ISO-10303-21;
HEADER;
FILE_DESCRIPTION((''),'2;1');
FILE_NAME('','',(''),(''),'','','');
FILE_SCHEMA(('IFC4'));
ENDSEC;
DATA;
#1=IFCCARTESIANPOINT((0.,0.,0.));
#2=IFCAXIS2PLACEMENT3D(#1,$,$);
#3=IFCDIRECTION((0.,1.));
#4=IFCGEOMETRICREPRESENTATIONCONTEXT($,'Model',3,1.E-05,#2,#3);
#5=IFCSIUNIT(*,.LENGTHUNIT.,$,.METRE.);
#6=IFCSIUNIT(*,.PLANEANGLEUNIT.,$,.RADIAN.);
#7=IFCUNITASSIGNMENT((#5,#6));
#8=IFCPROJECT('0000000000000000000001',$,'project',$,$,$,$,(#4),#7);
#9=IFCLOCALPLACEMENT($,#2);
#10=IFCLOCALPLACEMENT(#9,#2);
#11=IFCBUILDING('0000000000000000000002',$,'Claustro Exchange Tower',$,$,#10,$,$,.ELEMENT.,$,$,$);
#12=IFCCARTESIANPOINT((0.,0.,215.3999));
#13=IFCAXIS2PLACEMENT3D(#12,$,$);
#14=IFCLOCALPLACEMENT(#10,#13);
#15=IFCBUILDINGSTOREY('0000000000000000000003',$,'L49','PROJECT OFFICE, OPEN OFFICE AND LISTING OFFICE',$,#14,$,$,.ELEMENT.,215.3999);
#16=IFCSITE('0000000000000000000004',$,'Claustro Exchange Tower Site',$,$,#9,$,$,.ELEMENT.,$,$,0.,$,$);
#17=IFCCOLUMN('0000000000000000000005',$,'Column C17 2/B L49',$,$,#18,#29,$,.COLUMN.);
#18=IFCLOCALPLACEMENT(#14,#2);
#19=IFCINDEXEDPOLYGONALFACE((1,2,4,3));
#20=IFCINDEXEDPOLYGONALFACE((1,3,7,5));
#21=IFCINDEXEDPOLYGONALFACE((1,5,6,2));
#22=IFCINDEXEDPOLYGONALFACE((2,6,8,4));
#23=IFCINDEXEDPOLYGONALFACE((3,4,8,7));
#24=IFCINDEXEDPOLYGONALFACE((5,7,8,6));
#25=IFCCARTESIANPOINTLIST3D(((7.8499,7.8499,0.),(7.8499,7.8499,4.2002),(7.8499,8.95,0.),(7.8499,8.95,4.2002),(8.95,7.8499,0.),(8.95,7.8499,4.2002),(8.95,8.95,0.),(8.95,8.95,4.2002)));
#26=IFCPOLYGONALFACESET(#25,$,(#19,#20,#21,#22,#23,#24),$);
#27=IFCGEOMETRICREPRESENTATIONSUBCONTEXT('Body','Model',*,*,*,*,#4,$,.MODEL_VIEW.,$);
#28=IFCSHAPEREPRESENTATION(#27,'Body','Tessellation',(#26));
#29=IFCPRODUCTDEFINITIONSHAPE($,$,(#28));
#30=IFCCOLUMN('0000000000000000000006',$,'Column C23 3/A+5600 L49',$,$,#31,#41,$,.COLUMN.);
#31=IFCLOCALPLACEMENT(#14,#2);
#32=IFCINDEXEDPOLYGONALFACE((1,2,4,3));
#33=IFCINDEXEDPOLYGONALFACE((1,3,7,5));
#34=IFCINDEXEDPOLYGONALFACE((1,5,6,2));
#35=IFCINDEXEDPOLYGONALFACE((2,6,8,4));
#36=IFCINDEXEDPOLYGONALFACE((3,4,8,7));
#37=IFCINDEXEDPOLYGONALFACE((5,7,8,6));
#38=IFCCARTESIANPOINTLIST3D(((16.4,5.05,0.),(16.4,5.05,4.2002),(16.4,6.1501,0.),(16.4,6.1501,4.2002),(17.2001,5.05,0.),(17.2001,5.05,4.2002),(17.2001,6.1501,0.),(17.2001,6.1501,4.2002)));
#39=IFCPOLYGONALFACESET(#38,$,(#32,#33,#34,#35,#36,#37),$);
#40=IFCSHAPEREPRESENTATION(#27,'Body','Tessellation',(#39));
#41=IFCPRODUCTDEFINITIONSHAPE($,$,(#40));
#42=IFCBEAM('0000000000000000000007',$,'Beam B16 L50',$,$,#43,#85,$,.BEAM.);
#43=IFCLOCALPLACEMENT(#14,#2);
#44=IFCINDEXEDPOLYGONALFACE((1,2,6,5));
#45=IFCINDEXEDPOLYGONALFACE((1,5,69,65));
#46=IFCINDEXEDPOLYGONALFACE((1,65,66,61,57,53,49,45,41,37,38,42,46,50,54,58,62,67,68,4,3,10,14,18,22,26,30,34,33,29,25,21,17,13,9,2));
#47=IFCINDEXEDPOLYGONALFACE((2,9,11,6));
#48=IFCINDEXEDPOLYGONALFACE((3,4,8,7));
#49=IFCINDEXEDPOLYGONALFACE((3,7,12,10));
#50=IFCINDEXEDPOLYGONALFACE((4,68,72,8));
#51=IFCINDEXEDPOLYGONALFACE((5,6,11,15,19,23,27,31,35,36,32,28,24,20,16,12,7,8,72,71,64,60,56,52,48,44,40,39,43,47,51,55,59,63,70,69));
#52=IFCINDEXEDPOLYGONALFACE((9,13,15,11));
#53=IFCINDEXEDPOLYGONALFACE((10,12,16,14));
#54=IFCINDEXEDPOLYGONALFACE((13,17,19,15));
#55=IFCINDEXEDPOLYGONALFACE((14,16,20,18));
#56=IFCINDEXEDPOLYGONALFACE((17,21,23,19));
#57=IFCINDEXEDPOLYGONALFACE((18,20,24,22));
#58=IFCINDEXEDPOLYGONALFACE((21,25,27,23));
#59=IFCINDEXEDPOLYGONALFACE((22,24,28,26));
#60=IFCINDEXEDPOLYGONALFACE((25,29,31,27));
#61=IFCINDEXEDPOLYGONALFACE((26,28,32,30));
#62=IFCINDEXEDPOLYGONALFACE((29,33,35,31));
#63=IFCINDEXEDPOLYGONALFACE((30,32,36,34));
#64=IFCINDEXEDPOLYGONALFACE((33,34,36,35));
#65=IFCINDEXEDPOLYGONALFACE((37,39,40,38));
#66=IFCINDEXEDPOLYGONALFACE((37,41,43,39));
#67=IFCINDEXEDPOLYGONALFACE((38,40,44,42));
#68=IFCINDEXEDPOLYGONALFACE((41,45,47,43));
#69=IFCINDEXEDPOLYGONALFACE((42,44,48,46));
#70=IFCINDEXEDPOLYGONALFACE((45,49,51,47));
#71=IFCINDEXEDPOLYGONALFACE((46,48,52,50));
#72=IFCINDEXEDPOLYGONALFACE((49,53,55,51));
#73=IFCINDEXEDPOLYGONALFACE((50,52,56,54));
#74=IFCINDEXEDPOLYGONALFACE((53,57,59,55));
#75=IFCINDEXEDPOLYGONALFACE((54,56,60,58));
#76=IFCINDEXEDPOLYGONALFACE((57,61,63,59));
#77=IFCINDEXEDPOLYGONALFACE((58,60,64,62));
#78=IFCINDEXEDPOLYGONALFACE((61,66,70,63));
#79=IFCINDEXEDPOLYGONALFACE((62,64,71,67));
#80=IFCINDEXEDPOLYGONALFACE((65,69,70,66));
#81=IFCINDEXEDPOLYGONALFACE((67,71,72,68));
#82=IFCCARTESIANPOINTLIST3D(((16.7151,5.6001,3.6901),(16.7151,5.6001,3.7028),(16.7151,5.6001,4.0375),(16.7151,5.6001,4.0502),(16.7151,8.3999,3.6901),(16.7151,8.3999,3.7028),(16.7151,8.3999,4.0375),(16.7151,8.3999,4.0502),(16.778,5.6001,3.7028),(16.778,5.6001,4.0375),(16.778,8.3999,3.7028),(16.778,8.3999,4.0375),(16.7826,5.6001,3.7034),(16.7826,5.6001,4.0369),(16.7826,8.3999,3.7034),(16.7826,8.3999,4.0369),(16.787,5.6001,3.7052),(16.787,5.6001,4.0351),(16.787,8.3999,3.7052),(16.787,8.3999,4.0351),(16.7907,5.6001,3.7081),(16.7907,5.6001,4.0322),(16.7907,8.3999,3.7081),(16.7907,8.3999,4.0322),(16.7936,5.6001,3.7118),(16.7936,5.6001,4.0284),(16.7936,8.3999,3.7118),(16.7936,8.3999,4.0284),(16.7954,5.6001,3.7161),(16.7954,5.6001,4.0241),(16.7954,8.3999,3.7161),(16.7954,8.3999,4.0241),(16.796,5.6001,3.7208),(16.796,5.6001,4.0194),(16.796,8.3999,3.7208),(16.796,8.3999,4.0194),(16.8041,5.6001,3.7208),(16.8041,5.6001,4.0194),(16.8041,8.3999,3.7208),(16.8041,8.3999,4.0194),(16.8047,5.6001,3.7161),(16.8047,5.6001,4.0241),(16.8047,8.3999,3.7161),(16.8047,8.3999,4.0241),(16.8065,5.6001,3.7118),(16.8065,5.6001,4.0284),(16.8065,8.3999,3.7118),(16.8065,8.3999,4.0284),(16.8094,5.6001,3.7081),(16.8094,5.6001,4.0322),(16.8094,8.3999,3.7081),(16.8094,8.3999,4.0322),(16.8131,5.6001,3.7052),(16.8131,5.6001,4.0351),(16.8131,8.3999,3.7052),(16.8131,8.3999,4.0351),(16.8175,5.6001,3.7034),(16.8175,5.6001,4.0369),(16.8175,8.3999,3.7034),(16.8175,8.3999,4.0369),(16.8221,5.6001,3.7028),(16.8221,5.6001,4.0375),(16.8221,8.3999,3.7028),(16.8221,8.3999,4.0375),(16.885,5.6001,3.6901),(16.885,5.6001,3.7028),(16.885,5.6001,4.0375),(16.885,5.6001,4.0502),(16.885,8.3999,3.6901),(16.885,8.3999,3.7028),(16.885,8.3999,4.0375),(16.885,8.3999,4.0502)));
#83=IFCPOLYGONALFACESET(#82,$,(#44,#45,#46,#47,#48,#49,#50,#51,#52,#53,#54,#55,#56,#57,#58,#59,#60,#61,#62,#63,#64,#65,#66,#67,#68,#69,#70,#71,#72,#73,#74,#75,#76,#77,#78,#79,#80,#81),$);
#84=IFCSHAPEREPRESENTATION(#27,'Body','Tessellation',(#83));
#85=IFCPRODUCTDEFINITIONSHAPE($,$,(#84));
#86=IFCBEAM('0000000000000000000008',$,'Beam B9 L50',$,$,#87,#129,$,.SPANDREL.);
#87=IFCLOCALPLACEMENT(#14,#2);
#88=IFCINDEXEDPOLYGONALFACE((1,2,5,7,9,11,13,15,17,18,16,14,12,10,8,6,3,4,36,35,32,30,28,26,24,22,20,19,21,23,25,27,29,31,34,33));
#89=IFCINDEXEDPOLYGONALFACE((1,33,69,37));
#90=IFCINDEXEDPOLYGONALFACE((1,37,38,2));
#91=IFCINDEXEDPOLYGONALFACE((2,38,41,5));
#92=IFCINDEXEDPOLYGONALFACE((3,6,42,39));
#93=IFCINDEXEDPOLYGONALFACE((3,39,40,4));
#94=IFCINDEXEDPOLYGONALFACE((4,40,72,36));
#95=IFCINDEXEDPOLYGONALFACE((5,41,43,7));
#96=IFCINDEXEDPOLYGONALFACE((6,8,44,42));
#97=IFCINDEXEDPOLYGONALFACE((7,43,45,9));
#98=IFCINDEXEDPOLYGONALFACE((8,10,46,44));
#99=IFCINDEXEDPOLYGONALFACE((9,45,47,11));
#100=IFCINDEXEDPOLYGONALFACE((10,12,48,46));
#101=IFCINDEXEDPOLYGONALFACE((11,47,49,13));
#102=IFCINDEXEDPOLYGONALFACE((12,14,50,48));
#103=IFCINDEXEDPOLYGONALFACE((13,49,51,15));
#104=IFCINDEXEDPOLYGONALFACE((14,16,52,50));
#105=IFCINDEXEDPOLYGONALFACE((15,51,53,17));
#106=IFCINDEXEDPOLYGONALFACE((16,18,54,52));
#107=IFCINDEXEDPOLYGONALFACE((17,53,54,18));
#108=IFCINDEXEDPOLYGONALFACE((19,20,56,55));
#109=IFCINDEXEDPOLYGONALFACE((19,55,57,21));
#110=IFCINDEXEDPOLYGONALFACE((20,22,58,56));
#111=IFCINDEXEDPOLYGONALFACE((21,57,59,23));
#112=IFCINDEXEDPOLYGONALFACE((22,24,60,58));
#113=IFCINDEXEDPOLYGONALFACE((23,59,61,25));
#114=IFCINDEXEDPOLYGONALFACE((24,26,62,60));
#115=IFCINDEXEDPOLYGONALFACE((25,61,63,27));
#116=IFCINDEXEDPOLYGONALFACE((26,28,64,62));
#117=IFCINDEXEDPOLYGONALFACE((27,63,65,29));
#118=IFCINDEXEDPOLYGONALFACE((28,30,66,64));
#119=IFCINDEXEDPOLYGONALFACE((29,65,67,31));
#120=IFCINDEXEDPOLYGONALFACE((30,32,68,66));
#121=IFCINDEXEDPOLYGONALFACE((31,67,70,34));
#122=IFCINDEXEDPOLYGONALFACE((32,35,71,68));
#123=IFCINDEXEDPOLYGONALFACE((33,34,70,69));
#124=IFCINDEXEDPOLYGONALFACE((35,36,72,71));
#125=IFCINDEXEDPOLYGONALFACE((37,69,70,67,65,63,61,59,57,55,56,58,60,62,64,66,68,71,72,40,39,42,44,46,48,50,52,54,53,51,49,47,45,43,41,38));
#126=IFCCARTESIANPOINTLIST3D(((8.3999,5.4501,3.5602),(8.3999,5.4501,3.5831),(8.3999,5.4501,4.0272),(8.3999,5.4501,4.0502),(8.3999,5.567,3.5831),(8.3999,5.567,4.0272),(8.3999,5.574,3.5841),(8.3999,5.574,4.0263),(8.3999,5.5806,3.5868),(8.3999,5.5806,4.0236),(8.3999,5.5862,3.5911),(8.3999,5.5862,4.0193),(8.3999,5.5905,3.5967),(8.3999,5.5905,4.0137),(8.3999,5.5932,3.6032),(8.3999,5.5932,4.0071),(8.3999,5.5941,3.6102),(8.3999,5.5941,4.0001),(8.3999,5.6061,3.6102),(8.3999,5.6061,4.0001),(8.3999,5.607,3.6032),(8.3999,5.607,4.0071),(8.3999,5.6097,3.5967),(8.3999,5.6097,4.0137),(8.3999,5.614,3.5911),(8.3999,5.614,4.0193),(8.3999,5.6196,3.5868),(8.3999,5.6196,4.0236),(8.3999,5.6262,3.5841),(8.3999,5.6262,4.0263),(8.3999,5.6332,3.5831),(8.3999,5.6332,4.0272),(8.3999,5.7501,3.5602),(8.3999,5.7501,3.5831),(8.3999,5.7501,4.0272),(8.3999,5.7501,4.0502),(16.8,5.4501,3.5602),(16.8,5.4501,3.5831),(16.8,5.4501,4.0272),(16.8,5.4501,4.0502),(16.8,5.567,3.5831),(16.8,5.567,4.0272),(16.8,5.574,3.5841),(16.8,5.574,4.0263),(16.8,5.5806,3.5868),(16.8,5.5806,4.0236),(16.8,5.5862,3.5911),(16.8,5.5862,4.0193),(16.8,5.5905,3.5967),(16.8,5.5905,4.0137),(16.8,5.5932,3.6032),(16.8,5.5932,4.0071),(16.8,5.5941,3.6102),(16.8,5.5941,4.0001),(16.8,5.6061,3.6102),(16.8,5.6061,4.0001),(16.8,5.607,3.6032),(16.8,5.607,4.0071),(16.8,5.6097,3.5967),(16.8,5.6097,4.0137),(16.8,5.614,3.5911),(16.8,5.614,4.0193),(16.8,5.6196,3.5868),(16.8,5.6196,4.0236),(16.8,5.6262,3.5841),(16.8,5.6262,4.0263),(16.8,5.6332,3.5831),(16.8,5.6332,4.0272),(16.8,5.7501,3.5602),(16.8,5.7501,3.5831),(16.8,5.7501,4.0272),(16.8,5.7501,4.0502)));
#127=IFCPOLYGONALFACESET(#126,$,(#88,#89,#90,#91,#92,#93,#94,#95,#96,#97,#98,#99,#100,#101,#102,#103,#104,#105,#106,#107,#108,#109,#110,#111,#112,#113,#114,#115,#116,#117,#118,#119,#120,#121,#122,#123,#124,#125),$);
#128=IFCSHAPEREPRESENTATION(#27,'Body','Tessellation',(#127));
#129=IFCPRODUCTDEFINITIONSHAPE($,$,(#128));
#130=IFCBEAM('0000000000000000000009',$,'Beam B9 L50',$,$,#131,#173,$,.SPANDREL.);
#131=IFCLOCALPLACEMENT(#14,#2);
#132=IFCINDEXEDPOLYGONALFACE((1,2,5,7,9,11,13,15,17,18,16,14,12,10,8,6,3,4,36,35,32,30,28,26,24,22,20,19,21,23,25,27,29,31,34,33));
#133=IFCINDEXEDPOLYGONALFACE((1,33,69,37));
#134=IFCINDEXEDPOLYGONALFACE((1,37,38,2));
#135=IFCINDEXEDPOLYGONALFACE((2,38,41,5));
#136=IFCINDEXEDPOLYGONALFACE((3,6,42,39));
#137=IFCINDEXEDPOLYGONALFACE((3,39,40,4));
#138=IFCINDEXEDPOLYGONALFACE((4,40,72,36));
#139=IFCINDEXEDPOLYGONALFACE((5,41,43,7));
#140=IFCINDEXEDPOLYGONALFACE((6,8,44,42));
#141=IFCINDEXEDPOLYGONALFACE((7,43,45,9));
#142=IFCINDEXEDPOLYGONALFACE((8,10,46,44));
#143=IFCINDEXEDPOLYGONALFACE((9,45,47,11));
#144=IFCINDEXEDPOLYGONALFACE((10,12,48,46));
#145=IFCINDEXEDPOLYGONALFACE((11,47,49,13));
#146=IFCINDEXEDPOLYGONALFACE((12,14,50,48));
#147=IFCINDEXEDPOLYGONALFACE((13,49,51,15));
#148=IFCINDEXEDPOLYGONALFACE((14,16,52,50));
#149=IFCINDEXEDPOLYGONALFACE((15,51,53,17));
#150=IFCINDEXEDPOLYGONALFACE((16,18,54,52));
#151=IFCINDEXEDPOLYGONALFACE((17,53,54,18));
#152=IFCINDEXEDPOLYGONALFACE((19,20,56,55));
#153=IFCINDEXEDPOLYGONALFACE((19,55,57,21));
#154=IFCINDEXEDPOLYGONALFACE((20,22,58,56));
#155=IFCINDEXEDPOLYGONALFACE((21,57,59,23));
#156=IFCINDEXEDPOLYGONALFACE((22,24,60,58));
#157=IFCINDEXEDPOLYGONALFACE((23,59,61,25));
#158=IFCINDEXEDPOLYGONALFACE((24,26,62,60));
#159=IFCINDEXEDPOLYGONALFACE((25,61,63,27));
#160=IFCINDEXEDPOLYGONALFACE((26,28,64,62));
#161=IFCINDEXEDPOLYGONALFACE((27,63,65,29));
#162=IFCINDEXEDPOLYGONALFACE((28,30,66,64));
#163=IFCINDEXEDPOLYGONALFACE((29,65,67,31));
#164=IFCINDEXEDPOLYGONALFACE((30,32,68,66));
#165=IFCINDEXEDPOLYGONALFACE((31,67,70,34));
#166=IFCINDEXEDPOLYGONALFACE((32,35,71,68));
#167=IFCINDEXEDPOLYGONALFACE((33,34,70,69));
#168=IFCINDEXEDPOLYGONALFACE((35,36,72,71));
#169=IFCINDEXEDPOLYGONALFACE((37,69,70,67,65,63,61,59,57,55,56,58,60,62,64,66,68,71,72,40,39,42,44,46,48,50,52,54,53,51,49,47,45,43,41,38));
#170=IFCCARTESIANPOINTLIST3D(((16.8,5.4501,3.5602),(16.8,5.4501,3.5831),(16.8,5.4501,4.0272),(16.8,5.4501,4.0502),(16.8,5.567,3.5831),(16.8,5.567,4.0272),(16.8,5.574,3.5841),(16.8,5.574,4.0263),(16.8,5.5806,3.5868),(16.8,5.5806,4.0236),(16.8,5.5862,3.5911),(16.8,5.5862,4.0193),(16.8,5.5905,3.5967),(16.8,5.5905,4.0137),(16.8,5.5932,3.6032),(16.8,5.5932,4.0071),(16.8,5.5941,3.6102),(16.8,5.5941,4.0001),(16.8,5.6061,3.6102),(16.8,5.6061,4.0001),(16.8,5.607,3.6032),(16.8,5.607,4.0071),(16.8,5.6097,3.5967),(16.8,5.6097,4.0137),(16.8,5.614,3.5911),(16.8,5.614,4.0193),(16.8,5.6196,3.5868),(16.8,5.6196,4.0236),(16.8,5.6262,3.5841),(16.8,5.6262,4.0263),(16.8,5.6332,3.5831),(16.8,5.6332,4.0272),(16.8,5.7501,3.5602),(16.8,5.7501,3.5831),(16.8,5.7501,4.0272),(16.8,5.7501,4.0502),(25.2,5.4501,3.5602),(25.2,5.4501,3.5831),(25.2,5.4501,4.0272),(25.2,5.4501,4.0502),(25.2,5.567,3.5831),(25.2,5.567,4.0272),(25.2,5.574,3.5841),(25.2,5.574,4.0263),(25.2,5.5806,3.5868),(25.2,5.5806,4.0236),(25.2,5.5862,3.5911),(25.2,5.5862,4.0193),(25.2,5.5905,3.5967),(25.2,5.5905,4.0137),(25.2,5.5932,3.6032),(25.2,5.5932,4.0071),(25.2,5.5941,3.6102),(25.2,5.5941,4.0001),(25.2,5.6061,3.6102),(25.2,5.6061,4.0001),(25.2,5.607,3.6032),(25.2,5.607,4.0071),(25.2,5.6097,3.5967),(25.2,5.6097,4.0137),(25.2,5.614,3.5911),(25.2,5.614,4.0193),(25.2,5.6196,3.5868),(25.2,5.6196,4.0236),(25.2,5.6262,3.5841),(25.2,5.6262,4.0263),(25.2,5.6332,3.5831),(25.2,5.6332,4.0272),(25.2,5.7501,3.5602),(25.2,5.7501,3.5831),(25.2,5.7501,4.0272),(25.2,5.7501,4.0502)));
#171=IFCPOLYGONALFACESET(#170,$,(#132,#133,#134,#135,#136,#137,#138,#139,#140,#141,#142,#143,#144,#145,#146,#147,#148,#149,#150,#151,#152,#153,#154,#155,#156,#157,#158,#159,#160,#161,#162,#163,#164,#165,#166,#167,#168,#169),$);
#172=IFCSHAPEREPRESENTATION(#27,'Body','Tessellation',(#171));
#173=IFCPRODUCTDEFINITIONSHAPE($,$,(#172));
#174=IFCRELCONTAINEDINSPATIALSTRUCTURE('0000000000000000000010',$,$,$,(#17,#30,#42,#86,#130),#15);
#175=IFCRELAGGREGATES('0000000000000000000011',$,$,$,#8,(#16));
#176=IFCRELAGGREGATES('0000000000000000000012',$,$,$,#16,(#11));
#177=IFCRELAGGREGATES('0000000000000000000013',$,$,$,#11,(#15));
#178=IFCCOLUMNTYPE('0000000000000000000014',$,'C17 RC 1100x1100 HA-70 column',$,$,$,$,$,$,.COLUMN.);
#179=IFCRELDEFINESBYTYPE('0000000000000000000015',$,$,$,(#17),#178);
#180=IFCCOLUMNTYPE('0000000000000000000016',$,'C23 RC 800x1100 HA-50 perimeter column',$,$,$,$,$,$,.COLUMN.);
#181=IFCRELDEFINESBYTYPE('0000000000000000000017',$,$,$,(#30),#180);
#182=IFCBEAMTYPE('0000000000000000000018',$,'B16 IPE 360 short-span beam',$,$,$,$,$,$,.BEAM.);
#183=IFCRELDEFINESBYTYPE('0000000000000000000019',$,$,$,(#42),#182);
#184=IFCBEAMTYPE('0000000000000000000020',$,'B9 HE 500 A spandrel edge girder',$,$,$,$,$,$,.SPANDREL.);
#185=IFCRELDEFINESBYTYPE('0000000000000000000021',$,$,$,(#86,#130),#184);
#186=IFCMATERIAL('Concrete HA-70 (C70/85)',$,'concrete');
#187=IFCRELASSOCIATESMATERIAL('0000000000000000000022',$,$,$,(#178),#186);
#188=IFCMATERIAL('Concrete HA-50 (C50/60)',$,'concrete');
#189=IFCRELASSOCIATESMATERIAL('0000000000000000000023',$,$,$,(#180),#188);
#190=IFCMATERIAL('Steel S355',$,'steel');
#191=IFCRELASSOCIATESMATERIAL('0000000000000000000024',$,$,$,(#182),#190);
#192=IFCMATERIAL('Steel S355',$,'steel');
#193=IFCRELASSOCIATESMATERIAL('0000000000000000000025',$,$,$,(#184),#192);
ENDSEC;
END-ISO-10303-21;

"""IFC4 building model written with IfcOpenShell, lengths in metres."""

from ifc_helpers import new_model, si_unit, direction, frame, origin, origin_2d, place, context, subcontext, project, spatial, rectangle, i_section, extrude, material, material_profile, profile_set, type_object, element, save


model = new_model("IFC4")

# Units and contexts
model_context = context("Model", 3, precision=1e-05, world=origin(), true_north=direction((0.0, 1.0)))
body_context = subcontext(model_context, "Body", "Model", "MODEL_VIEW")
ifc_project = project(units=[si_unit("LENGTHUNIT", "METRE"), si_unit("PLANEANGLEUNIT", "RADIAN")], contexts=[model_context])

# Site, building, storey
site_placement = place(None, origin())
site = spatial("IfcSite", under=ifc_project, at=site_placement, Name="Claustro Exchange Tower Site", CompositionType="ELEMENT", RefElevation=0.0)
building_placement = place(site_placement, origin())
building = spatial("IfcBuilding", under=site, at=building_placement, Name="Claustro Exchange Tower", CompositionType="ELEMENT")
storey_placement = place(building_placement, frame((0.0, 0.0, 215.3999)))
storey = spatial("IfcBuildingStorey", under=building, at=storey_placement, Name="L49", Description="PROJECT OFFICE, OPEN OFFICE AND LISTING OFFICE", CompositionType="ELEMENT", Elevation=215.3999)

# Columns
ifc_material_1 = material(Name="Concrete HA-70 (C70/85)", Category="concrete")
ifc_material_profile_1 = material_profile(ifc_material_1, rectangle(XDim=1.1001, YDim=1.1001, at=origin_2d()), Name="RC 1100x1100")
ifc_profile_set_1 = profile_set([ifc_material_profile_1], Name="Concrete HA-70 (C70/85)")
column_type_1 = type_object("IfcColumnType", Name="C17 RC 1100x1100 HA-70 column", PredefinedType="COLUMN", material=ifc_profile_set_1)
column_1_placement = place(storey_placement, frame((8.3999, 8.3999, 0.0), z_axis=(0.0, 0.0, 1.0), x_axis=(1.0, 0.0, 0.0)))
element("IfcColumn", 1, at=column_1_placement, inside=storey, type_object=column_type_1, Name="Column C17 2/B L49", PredefinedType="COLUMN", context=body_context, shape_type="SweptSolid", body=[
    extrude(rectangle(XDim=1.1001, YDim=1.1001, at=origin_2d()), origin(), (0.0, 0.0, 1.0), 4.2002),
])
ifc_material_2 = material(Name="Concrete HA-50 (C50/60)", Category="concrete")
ifc_material_profile_2 = material_profile(ifc_material_2, rectangle(XDim=0.8, YDim=1.1001, at=origin_2d()), Name="RC 800x1100")
ifc_profile_set_2 = profile_set([ifc_material_profile_2], Name="Concrete HA-50 (C50/60)")
column_type_2 = type_object("IfcColumnType", Name="C23 RC 800x1100 HA-50 perimeter column", PredefinedType="COLUMN", material=ifc_profile_set_2)
column_2_placement = place(storey_placement, frame((16.8, 5.6001, 0.0), z_axis=(0.0, 0.0, 1.0), x_axis=(1.0, 0.0, 0.0)))
element("IfcColumn", 2, at=column_2_placement, inside=storey, type_object=column_type_2, Name="Column C23 3/A+5600 L49", PredefinedType="COLUMN", context=body_context, shape_type="SweptSolid", body=[
    extrude(rectangle(XDim=0.8, YDim=1.1001, at=origin_2d()), origin(), (0.0, 0.0, 1.0), 4.2002),
])

# Beams
ifc_material_3 = material(Name="Steel S355", Category="steel")
ifc_material_profile_3 = material_profile(ifc_material_3, i_section(OverallWidth=0.1699, OverallDepth=0.3601, WebThickness=0.0081, FlangeThickness=0.0127, FilletRadius=0.0181, at=origin_2d()), Name="IPE 360")
ifc_profile_set_3 = profile_set([ifc_material_profile_3], Name="Steel S355")
beam_type_1 = type_object("IfcBeamType", Name="B16 IPE 360 short-span beam", PredefinedType="BEAM", material=ifc_profile_set_3)
beam_1_placement = place(storey_placement, frame((16.8, 5.6001, 3.8701), z_axis=(0.0, 1.0, 0.0), x_axis=(-1.0, 0.0, 0.0)))
element("IfcBeam", 3, at=beam_1_placement, inside=storey, type_object=beam_type_1, Name="Beam B16 L50", PredefinedType="BEAM", context=body_context, shape_type="SweptSolid", body=[
    extrude(i_section(OverallWidth=0.1699, OverallDepth=0.3601, WebThickness=0.0081, FlangeThickness=0.0127, FilletRadius=0.0181, at=origin_2d()), origin(), (0.0, 0.0, 1.0), 2.7998),
])
ifc_material_4 = material(Name="Steel S355", Category="steel")
ifc_material_profile_4 = material_profile(ifc_material_4, i_section(OverallWidth=0.3, OverallDepth=0.49, WebThickness=0.012, FlangeThickness=0.0229, FilletRadius=0.0271, at=origin_2d()), Name="HE 500 A")
ifc_profile_set_4 = profile_set([ifc_material_profile_4], Name="Steel S355")
beam_type_2 = type_object("IfcBeamType", Name="B9 HE 500 A spandrel edge girder", PredefinedType="SPANDREL", material=ifc_profile_set_4)
beam_2_placement = place(storey_placement, frame((8.3999, 5.6001, 3.8052), z_axis=(1.0, 0.0, 0.0), x_axis=(0.0, 1.0, 0.0)))
element("IfcBeam", 4, at=beam_2_placement, inside=storey, type_object=beam_type_2, Name="Beam B9 L50", PredefinedType="SPANDREL", context=body_context, shape_type="SweptSolid", body=[
    extrude(i_section(OverallWidth=0.3, OverallDepth=0.49, WebThickness=0.012, FlangeThickness=0.0229, FilletRadius=0.0271, at=origin_2d()), origin(), (0.0, 0.0, 1.0), 8.4001),
])
beam_3_placement = place(storey_placement, frame((16.8, 5.6001, 3.8052), z_axis=(1.0, 0.0, 0.0), x_axis=(0.0, 1.0, 0.0)))
element("IfcBeam", 5, at=beam_3_placement, inside=storey, type_object=beam_type_2, Name="Beam B9 L50", PredefinedType="SPANDREL", context=body_context, shape_type="SweptSolid", body=[
    extrude(i_section(OverallWidth=0.3, OverallDepth=0.49, WebThickness=0.012, FlangeThickness=0.0229, FilletRadius=0.0271, at=origin_2d()), origin(), (0.0, 0.0, 1.0), 8.3999),
])

save(model, "model.ifc")
